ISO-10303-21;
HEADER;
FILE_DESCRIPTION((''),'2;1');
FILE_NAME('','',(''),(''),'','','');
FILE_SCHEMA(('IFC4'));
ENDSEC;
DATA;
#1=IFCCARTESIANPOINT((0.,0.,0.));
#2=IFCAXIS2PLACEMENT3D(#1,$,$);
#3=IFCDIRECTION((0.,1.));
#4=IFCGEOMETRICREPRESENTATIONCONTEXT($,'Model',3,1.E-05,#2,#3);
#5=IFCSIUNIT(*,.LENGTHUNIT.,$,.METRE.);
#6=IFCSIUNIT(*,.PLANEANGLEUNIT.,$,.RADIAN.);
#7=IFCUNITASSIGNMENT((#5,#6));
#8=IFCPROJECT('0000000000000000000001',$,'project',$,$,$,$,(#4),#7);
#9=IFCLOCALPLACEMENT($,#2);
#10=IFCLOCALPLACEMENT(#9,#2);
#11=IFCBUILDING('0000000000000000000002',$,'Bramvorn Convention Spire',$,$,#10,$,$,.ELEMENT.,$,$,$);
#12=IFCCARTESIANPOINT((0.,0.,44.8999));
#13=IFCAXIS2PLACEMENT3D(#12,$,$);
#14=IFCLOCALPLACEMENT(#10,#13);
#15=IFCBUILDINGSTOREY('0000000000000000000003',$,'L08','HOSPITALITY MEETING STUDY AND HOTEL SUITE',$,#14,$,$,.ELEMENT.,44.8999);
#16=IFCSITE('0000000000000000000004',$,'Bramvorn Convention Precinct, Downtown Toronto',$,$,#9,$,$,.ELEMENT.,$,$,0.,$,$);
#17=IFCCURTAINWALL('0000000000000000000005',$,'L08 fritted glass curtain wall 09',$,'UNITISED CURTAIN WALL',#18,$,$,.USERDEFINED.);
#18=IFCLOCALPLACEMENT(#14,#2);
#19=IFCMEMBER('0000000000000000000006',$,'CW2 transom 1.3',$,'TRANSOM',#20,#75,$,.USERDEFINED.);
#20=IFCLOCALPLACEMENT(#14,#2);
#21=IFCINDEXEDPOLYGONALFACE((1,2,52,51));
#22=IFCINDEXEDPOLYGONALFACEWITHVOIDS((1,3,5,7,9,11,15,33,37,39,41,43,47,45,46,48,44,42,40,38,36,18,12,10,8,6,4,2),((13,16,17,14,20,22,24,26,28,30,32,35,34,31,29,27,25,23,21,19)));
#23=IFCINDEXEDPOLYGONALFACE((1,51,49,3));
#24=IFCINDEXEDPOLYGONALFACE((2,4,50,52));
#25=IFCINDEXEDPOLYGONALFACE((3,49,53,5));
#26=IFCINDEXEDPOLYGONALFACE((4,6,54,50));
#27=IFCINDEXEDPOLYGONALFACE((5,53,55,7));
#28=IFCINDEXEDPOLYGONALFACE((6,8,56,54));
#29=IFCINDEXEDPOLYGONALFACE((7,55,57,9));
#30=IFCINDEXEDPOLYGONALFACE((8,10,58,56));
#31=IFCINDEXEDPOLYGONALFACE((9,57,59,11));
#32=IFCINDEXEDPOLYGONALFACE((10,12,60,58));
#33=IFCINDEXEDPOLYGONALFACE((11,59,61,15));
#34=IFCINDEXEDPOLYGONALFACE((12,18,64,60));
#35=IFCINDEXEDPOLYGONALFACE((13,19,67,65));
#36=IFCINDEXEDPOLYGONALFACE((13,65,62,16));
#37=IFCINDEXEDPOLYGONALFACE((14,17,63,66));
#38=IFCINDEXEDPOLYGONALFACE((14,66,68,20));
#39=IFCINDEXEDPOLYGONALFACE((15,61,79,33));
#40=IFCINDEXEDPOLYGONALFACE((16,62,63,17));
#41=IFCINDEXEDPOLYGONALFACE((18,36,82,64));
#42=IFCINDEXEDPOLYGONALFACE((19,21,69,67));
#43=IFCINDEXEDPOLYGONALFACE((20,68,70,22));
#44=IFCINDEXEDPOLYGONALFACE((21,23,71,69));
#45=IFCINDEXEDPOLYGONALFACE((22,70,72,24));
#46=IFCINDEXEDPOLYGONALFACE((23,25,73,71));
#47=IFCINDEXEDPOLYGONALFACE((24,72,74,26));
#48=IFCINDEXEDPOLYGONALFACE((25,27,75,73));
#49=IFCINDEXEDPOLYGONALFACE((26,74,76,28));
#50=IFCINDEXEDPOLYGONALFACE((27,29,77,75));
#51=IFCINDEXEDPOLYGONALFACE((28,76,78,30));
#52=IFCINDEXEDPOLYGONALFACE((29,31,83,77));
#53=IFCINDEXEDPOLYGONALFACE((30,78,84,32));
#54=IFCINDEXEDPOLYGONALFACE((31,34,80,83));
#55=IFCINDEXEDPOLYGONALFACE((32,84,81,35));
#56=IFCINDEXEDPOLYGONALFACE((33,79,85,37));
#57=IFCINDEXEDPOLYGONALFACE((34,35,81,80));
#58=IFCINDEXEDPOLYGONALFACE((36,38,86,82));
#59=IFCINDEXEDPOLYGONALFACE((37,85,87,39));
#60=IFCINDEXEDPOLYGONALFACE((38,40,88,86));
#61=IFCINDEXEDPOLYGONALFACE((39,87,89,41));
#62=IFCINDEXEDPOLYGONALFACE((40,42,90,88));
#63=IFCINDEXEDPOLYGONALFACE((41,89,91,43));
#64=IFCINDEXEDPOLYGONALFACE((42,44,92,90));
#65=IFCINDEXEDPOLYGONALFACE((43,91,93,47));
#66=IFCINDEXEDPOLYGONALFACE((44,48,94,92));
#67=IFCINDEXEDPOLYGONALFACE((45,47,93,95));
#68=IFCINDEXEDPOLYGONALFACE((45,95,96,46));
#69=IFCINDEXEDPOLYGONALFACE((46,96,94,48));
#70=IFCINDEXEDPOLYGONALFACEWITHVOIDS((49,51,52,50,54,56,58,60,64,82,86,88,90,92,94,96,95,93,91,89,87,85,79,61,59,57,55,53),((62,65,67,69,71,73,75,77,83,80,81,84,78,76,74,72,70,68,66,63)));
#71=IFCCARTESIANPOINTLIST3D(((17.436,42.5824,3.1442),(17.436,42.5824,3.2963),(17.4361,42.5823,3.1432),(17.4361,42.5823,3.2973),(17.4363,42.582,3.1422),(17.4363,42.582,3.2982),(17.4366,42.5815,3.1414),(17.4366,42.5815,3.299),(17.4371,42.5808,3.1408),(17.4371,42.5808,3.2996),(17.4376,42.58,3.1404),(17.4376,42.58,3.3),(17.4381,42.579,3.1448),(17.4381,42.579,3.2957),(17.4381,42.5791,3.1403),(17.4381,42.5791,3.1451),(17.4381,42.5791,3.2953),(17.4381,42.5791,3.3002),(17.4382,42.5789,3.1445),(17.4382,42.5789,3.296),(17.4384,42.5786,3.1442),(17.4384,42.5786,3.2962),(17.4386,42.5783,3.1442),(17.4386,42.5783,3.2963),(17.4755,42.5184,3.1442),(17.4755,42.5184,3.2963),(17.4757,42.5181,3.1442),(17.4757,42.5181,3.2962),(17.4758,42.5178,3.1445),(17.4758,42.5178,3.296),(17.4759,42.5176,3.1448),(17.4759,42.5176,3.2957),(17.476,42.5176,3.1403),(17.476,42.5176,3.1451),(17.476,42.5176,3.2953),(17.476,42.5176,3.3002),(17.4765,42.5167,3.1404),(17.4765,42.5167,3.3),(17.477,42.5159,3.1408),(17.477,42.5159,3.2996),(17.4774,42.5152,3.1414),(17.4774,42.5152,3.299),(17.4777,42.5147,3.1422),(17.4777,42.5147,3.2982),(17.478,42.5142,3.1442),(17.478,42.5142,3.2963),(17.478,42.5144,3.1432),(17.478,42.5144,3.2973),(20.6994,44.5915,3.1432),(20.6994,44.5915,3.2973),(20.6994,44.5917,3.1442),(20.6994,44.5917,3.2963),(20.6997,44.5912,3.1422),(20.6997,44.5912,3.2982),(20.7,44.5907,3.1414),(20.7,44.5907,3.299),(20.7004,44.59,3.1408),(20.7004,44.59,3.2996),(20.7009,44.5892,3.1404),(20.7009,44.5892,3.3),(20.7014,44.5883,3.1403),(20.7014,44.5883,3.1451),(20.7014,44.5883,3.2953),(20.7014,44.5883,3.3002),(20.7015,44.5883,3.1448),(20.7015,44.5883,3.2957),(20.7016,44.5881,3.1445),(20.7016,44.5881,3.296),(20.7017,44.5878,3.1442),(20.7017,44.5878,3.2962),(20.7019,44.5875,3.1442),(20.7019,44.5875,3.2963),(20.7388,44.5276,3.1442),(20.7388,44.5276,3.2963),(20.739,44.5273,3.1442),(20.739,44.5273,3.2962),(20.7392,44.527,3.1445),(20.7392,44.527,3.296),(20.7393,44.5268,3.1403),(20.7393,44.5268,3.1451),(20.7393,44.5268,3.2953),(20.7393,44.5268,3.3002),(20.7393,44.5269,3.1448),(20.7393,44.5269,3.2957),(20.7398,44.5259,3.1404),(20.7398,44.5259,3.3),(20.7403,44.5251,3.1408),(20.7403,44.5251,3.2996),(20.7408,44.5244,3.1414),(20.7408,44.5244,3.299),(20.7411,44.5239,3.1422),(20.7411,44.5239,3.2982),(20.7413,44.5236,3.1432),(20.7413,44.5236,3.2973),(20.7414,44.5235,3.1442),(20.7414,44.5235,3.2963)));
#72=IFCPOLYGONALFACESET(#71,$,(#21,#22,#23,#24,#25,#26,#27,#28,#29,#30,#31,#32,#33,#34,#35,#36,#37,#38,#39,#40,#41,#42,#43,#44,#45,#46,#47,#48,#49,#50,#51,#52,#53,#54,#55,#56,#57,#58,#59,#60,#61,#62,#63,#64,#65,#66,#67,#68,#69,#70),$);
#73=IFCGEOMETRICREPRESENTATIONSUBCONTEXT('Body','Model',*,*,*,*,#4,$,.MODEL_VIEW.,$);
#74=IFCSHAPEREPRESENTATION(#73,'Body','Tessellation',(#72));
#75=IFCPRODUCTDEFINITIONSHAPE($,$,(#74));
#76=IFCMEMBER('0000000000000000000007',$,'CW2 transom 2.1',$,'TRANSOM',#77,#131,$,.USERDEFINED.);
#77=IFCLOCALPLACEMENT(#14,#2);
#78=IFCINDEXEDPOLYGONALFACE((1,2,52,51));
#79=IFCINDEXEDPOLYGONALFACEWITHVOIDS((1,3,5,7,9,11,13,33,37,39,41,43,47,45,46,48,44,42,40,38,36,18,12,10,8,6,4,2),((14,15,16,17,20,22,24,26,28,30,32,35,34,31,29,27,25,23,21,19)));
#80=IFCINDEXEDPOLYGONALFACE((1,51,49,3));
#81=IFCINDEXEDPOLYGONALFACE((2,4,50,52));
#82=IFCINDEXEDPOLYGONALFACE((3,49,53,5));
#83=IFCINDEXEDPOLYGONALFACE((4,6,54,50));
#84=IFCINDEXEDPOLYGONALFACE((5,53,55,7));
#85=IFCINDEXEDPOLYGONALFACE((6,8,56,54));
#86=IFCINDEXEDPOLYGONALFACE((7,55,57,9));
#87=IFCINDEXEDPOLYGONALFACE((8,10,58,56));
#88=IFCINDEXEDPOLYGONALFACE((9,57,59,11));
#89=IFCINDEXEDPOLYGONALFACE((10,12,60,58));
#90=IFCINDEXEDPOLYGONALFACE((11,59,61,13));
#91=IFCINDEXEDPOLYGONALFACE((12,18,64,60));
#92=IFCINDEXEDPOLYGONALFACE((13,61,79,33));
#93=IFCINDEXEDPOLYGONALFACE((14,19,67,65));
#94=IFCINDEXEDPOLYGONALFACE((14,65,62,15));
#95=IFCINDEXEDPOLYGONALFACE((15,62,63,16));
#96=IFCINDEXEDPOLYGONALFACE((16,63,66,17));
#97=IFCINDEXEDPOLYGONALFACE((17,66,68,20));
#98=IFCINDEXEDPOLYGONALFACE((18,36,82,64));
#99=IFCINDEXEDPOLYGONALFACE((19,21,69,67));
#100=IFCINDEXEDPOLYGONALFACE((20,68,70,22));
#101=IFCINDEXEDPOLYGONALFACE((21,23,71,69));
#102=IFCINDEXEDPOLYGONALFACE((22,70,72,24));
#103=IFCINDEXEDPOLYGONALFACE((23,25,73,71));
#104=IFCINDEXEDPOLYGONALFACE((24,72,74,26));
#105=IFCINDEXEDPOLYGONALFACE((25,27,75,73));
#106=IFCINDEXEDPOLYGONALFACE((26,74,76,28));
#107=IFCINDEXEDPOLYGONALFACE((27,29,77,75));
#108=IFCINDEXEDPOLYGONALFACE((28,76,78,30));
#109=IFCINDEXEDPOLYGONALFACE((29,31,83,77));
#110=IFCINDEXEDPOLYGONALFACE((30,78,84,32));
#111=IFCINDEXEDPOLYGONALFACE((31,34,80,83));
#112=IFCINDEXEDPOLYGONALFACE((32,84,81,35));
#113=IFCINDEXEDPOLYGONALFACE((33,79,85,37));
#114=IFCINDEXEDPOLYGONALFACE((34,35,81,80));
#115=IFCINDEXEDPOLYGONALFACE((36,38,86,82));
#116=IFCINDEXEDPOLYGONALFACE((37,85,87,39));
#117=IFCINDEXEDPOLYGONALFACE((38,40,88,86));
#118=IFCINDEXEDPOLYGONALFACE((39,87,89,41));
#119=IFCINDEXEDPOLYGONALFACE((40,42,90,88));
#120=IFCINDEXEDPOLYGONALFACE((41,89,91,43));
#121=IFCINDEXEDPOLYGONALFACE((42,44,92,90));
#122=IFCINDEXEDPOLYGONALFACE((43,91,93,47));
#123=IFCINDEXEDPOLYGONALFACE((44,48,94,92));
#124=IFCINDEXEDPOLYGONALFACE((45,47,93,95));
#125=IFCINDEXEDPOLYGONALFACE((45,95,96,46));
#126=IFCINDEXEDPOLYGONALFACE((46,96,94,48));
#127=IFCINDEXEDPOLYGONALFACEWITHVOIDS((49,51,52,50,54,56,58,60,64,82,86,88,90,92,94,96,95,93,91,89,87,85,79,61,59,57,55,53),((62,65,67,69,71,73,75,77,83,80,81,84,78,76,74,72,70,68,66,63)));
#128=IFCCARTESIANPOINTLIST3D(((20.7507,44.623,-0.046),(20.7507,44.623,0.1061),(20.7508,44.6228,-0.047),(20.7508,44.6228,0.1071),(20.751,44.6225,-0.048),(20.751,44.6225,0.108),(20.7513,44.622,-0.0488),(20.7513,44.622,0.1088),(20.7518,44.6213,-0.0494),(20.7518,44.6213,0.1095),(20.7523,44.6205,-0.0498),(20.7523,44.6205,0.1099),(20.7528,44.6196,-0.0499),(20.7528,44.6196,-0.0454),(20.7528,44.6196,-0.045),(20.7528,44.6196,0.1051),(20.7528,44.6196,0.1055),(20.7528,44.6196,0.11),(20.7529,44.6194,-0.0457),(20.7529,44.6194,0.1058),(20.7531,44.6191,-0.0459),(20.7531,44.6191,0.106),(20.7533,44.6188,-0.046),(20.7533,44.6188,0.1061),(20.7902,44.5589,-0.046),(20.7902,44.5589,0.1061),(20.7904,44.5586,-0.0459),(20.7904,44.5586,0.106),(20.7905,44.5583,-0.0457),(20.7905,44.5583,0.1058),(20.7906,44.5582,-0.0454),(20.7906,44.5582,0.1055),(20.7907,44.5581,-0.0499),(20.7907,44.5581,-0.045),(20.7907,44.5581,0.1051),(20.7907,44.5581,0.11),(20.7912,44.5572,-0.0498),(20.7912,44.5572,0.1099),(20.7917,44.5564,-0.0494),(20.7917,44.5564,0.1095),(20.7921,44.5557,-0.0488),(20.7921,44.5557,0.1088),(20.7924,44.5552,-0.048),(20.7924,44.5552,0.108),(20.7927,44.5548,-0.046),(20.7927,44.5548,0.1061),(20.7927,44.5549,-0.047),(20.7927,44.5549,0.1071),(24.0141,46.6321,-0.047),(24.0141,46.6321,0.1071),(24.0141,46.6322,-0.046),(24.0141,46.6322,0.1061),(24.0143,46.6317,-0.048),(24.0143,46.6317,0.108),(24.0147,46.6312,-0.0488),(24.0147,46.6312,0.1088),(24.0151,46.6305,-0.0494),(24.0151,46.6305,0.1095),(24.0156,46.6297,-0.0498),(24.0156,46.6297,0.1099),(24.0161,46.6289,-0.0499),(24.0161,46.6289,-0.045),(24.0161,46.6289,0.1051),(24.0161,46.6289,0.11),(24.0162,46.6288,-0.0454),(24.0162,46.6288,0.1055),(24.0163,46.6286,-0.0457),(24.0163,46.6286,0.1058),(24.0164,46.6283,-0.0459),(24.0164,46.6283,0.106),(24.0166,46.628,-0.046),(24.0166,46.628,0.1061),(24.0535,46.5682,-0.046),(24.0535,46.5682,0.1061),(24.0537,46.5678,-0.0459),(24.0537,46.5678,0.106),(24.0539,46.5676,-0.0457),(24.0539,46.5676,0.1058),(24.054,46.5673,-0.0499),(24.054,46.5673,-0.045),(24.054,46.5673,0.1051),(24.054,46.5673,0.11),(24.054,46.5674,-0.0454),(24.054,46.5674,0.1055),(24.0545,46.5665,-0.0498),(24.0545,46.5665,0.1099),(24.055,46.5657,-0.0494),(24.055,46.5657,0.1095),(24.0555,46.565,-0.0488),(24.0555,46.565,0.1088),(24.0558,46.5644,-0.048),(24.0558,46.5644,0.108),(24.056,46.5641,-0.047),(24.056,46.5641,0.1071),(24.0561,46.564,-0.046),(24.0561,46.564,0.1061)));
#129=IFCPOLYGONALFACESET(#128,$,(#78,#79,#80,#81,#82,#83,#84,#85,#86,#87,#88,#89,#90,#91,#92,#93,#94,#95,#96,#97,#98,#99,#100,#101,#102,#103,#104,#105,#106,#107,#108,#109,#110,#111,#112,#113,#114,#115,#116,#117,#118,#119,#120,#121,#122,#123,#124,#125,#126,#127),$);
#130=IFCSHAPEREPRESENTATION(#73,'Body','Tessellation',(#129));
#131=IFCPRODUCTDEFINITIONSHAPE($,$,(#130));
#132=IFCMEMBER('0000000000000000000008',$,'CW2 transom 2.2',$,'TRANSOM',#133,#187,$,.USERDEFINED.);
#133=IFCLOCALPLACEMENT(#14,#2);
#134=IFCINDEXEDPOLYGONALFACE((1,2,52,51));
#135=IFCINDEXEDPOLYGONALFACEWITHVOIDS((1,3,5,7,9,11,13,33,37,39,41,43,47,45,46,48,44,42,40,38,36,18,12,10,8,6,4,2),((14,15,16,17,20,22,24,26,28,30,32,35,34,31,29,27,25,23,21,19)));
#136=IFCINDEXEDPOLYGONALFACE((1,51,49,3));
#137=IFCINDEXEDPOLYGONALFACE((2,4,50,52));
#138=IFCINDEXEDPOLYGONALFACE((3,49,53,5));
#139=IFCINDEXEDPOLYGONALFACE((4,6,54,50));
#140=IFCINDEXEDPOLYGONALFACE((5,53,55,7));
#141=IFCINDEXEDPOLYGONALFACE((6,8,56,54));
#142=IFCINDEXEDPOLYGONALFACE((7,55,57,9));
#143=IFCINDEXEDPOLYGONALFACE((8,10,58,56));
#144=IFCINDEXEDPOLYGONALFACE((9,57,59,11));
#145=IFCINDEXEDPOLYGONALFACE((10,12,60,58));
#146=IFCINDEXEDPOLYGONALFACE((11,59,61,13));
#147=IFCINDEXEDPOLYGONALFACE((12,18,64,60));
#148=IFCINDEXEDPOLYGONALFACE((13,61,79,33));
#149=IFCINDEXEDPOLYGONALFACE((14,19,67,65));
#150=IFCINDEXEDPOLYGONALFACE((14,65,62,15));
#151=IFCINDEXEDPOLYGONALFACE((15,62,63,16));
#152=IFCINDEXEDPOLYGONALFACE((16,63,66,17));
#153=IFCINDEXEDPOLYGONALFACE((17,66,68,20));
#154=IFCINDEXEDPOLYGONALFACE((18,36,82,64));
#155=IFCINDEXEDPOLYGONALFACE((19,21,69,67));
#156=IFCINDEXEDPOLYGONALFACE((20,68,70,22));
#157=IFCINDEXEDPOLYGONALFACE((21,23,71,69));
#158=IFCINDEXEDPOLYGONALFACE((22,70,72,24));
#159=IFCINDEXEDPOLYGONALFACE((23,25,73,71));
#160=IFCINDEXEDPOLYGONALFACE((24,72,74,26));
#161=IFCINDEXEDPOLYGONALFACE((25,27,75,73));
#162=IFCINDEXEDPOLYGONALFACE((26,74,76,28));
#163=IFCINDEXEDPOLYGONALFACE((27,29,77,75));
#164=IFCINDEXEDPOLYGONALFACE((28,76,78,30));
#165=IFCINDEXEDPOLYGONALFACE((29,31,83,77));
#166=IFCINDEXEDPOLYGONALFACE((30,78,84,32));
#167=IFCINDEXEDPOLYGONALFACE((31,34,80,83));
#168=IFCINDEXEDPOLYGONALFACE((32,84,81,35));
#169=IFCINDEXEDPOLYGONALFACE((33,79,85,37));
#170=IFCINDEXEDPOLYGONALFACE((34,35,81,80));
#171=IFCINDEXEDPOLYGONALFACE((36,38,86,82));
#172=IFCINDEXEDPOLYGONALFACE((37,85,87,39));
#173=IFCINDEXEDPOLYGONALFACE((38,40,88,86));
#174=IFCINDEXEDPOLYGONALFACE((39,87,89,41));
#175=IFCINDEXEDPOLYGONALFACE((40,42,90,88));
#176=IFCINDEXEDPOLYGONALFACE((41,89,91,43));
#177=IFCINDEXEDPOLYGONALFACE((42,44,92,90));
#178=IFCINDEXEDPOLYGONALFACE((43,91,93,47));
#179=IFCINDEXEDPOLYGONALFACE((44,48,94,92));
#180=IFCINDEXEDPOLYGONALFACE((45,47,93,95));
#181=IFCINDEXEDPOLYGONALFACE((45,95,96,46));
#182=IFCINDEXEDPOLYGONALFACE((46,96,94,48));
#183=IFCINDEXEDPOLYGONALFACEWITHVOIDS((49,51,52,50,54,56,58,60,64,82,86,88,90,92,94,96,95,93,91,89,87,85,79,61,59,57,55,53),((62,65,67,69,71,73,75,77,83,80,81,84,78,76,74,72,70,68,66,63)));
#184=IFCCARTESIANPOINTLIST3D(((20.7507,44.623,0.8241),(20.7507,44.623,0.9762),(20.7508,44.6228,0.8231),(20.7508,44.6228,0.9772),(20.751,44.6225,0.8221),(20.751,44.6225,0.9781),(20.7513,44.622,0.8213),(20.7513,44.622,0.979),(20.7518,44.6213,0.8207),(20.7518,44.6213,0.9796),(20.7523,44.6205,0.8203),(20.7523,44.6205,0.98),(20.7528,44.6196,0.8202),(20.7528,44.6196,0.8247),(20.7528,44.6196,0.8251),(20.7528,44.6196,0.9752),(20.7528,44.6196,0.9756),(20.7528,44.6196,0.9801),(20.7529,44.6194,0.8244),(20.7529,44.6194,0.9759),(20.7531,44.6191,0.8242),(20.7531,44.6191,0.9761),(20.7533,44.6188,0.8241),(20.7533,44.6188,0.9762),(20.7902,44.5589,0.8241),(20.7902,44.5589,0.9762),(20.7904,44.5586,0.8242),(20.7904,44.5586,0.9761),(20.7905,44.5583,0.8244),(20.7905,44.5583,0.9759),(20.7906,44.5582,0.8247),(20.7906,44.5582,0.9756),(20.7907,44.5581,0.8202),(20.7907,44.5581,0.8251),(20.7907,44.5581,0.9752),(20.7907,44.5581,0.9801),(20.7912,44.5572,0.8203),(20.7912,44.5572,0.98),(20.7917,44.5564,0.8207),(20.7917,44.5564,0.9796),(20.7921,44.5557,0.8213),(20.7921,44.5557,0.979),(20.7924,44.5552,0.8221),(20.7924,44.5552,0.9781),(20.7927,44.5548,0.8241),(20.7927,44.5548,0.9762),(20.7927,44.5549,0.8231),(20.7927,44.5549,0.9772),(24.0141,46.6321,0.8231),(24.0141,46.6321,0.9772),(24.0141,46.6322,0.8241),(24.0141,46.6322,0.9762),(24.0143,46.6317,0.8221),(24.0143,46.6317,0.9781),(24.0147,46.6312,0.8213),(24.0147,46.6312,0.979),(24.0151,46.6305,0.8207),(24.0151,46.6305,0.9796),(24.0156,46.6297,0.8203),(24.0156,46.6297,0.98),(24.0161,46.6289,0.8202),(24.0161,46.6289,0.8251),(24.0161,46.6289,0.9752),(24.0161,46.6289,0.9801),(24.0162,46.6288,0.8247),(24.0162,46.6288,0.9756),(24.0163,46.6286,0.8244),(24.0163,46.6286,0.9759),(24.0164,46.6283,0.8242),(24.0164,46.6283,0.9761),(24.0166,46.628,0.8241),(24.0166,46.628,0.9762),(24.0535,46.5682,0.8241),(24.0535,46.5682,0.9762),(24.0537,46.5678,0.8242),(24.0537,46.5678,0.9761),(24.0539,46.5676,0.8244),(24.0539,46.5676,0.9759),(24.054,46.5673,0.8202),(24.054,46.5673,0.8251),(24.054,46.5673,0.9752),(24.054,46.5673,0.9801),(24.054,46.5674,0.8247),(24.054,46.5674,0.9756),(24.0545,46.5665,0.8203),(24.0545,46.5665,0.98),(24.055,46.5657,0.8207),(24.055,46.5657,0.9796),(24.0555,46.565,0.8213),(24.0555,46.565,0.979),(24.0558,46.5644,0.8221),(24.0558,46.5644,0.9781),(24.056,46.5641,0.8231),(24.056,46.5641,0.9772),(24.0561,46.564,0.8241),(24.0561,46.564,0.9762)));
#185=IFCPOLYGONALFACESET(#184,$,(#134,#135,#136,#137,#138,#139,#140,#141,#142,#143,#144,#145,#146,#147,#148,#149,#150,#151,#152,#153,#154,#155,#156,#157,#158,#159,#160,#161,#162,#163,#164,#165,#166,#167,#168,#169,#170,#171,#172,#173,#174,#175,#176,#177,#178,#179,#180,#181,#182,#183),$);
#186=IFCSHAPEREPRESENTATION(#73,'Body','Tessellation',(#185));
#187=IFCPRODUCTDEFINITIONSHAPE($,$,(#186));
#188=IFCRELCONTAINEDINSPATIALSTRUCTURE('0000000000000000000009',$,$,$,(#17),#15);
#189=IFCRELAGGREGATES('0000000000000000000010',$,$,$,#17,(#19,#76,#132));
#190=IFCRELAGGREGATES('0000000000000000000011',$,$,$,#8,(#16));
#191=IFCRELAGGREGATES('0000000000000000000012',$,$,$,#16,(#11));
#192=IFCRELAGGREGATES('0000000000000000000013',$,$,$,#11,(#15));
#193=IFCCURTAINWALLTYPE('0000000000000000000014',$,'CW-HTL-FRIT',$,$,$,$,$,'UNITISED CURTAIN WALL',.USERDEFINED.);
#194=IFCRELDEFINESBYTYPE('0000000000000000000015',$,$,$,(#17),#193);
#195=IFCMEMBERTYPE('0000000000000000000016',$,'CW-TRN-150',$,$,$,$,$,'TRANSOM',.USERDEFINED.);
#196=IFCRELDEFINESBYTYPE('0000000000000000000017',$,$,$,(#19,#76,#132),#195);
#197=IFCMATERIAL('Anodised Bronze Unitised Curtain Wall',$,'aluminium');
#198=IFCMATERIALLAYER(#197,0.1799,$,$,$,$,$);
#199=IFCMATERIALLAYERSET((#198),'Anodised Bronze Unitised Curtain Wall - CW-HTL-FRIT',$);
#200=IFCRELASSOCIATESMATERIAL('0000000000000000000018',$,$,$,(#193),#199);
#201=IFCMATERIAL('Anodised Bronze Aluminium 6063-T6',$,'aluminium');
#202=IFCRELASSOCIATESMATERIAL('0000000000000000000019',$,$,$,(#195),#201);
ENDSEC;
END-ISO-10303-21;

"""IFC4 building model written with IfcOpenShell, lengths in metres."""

from ifc_helpers import new_model, si_unit, direction, frame, origin, origin_2d, place, context, subcontext, project, spatial, hollow_rectangle, extrude, material, layer, layer_set, material_profile, profile_set, type_object, element, aggregate, save


model = new_model("IFC4")

# Units and contexts
model_context = context("Model", 3, precision=1e-05, world=origin(), true_north=direction((0.0, 1.0)))
body_context = subcontext(model_context, "Body", "Model", "MODEL_VIEW")
ifc_project = project(units=[si_unit("LENGTHUNIT", "METRE"), si_unit("PLANEANGLEUNIT", "RADIAN")], contexts=[model_context])

# Site, building, storey
site_placement = place(None, origin())
site = spatial("IfcSite", under=ifc_project, at=site_placement, Name="Bramvorn Convention Precinct, Downtown Toronto", CompositionType="ELEMENT", RefElevation=0.0)
building_placement = place(site_placement, origin())
building = spatial("IfcBuilding", under=site, at=building_placement, Name="Bramvorn Convention Spire", CompositionType="ELEMENT")
storey_placement = place(building_placement, frame((0.0, 0.0, 44.8999)))
storey = spatial("IfcBuildingStorey", under=building, at=storey_placement, Name="L08", Description="HOSPITALITY MEETING STUDY AND HOTEL SUITE", CompositionType="ELEMENT", Elevation=44.8999)

# Shared definitions
ifc_material_1 = material(Name="Anodised Bronze Unitised Curtain Wall", Category="aluminium")
ifc_layer_1 = layer(ifc_material_1, 0.1799)
ifc_layer_set_1 = layer_set([ifc_layer_1], Name="Anodised Bronze Unitised Curtain Wall - CW-HTL-FRIT")
curtain_wall_type = type_object("IfcCurtainWallType", Name="CW-HTL-FRIT", ElementType="UNITISED CURTAIN WALL", PredefinedType="USERDEFINED", material=ifc_layer_set_1)
ifc_material_2 = material(Name="Anodised Bronze Aluminium 6063-T6", Category="aluminium")

# Curtain wall
curtain_wall_1_placement = place(storey_placement, origin())
curtain_wall_1 = element("IfcCurtainWall", 1, at=curtain_wall_1_placement, inside=storey, type_object=curtain_wall_type, Name="L08 fritted glass curtain wall 09", ObjectType="UNITISED CURTAIN WALL", PredefinedType="USERDEFINED")

# Members
ifc_material_profile_1 = material_profile(ifc_material_2, hollow_rectangle(XDim=0.0801, YDim=0.1599, WallThickness=0.0039, InnerFilletRadius=0.001, OuterFilletRadius=0.0039, at=origin_2d()))
ifc_profile_set_1 = profile_set([ifc_material_profile_1], Name="Anodised Bronze Aluminium 6063-T6 - CWT80X160")
member_type_1 = type_object("IfcMemberType", Name="CW-TRN-150", ElementType="TRANSOM", PredefinedType="USERDEFINED", material=ifc_profile_set_1)
member_1_placement = place(storey_placement, frame((17.457, 42.5483, 3.2202), z_axis=(0.85154, 0.524289, 0.0), x_axis=(-0.524289, 0.85154, 0.0)))
member_1 = element("IfcMember", 2, at=member_1_placement, type_object=member_type_1, Name="CW2 transom 1.3", ObjectType="TRANSOM", PredefinedType="USERDEFINED", context=body_context, shape_type="SweptSolid", body=[
    extrude(hollow_rectangle(XDim=0.0801, YDim=0.1599, WallThickness=0.0039, InnerFilletRadius=0.001, OuterFilletRadius=0.0039, at=origin_2d()), origin(), (0.0, 0.0, 1.0), 3.8323),
])
member_2_placement = place(storey_placement, frame((20.7717, 44.5889, 0.03), z_axis=(0.85154, 0.524289, 0.0), x_axis=(-0.524289, 0.85154, 0.0)))
member_2 = element("IfcMember", 3, at=member_2_placement, type_object=member_type_1, Name="CW2 transom 2.1", ObjectType="TRANSOM", PredefinedType="USERDEFINED", context=body_context, shape_type="SweptSolid", body=[
    extrude(hollow_rectangle(XDim=0.0801, YDim=0.1599, WallThickness=0.0039, InnerFilletRadius=0.001, OuterFilletRadius=0.0039, at=origin_2d()), origin(), (0.0, 0.0, 1.0), 3.8323),
])
member_3_placement = place(storey_placement, frame((20.7717, 44.5889, 0.9001), z_axis=(0.85154, 0.524289, 0.0), x_axis=(-0.524289, 0.85154, 0.0)))
member_3 = element("IfcMember", 4, at=member_3_placement, type_object=member_type_1, Name="CW2 transom 2.2", ObjectType="TRANSOM", PredefinedType="USERDEFINED", context=body_context, shape_type="SweptSolid", body=[
    extrude(hollow_rectangle(XDim=0.0801, YDim=0.1599, WallThickness=0.0039, InnerFilletRadius=0.001, OuterFilletRadius=0.0039, at=origin_2d()), origin(), (0.0, 0.0, 1.0), 3.8323),
])

aggregate(curtain_wall_1, [member_1, member_2, member_3])

save(model, "model.ifc")
